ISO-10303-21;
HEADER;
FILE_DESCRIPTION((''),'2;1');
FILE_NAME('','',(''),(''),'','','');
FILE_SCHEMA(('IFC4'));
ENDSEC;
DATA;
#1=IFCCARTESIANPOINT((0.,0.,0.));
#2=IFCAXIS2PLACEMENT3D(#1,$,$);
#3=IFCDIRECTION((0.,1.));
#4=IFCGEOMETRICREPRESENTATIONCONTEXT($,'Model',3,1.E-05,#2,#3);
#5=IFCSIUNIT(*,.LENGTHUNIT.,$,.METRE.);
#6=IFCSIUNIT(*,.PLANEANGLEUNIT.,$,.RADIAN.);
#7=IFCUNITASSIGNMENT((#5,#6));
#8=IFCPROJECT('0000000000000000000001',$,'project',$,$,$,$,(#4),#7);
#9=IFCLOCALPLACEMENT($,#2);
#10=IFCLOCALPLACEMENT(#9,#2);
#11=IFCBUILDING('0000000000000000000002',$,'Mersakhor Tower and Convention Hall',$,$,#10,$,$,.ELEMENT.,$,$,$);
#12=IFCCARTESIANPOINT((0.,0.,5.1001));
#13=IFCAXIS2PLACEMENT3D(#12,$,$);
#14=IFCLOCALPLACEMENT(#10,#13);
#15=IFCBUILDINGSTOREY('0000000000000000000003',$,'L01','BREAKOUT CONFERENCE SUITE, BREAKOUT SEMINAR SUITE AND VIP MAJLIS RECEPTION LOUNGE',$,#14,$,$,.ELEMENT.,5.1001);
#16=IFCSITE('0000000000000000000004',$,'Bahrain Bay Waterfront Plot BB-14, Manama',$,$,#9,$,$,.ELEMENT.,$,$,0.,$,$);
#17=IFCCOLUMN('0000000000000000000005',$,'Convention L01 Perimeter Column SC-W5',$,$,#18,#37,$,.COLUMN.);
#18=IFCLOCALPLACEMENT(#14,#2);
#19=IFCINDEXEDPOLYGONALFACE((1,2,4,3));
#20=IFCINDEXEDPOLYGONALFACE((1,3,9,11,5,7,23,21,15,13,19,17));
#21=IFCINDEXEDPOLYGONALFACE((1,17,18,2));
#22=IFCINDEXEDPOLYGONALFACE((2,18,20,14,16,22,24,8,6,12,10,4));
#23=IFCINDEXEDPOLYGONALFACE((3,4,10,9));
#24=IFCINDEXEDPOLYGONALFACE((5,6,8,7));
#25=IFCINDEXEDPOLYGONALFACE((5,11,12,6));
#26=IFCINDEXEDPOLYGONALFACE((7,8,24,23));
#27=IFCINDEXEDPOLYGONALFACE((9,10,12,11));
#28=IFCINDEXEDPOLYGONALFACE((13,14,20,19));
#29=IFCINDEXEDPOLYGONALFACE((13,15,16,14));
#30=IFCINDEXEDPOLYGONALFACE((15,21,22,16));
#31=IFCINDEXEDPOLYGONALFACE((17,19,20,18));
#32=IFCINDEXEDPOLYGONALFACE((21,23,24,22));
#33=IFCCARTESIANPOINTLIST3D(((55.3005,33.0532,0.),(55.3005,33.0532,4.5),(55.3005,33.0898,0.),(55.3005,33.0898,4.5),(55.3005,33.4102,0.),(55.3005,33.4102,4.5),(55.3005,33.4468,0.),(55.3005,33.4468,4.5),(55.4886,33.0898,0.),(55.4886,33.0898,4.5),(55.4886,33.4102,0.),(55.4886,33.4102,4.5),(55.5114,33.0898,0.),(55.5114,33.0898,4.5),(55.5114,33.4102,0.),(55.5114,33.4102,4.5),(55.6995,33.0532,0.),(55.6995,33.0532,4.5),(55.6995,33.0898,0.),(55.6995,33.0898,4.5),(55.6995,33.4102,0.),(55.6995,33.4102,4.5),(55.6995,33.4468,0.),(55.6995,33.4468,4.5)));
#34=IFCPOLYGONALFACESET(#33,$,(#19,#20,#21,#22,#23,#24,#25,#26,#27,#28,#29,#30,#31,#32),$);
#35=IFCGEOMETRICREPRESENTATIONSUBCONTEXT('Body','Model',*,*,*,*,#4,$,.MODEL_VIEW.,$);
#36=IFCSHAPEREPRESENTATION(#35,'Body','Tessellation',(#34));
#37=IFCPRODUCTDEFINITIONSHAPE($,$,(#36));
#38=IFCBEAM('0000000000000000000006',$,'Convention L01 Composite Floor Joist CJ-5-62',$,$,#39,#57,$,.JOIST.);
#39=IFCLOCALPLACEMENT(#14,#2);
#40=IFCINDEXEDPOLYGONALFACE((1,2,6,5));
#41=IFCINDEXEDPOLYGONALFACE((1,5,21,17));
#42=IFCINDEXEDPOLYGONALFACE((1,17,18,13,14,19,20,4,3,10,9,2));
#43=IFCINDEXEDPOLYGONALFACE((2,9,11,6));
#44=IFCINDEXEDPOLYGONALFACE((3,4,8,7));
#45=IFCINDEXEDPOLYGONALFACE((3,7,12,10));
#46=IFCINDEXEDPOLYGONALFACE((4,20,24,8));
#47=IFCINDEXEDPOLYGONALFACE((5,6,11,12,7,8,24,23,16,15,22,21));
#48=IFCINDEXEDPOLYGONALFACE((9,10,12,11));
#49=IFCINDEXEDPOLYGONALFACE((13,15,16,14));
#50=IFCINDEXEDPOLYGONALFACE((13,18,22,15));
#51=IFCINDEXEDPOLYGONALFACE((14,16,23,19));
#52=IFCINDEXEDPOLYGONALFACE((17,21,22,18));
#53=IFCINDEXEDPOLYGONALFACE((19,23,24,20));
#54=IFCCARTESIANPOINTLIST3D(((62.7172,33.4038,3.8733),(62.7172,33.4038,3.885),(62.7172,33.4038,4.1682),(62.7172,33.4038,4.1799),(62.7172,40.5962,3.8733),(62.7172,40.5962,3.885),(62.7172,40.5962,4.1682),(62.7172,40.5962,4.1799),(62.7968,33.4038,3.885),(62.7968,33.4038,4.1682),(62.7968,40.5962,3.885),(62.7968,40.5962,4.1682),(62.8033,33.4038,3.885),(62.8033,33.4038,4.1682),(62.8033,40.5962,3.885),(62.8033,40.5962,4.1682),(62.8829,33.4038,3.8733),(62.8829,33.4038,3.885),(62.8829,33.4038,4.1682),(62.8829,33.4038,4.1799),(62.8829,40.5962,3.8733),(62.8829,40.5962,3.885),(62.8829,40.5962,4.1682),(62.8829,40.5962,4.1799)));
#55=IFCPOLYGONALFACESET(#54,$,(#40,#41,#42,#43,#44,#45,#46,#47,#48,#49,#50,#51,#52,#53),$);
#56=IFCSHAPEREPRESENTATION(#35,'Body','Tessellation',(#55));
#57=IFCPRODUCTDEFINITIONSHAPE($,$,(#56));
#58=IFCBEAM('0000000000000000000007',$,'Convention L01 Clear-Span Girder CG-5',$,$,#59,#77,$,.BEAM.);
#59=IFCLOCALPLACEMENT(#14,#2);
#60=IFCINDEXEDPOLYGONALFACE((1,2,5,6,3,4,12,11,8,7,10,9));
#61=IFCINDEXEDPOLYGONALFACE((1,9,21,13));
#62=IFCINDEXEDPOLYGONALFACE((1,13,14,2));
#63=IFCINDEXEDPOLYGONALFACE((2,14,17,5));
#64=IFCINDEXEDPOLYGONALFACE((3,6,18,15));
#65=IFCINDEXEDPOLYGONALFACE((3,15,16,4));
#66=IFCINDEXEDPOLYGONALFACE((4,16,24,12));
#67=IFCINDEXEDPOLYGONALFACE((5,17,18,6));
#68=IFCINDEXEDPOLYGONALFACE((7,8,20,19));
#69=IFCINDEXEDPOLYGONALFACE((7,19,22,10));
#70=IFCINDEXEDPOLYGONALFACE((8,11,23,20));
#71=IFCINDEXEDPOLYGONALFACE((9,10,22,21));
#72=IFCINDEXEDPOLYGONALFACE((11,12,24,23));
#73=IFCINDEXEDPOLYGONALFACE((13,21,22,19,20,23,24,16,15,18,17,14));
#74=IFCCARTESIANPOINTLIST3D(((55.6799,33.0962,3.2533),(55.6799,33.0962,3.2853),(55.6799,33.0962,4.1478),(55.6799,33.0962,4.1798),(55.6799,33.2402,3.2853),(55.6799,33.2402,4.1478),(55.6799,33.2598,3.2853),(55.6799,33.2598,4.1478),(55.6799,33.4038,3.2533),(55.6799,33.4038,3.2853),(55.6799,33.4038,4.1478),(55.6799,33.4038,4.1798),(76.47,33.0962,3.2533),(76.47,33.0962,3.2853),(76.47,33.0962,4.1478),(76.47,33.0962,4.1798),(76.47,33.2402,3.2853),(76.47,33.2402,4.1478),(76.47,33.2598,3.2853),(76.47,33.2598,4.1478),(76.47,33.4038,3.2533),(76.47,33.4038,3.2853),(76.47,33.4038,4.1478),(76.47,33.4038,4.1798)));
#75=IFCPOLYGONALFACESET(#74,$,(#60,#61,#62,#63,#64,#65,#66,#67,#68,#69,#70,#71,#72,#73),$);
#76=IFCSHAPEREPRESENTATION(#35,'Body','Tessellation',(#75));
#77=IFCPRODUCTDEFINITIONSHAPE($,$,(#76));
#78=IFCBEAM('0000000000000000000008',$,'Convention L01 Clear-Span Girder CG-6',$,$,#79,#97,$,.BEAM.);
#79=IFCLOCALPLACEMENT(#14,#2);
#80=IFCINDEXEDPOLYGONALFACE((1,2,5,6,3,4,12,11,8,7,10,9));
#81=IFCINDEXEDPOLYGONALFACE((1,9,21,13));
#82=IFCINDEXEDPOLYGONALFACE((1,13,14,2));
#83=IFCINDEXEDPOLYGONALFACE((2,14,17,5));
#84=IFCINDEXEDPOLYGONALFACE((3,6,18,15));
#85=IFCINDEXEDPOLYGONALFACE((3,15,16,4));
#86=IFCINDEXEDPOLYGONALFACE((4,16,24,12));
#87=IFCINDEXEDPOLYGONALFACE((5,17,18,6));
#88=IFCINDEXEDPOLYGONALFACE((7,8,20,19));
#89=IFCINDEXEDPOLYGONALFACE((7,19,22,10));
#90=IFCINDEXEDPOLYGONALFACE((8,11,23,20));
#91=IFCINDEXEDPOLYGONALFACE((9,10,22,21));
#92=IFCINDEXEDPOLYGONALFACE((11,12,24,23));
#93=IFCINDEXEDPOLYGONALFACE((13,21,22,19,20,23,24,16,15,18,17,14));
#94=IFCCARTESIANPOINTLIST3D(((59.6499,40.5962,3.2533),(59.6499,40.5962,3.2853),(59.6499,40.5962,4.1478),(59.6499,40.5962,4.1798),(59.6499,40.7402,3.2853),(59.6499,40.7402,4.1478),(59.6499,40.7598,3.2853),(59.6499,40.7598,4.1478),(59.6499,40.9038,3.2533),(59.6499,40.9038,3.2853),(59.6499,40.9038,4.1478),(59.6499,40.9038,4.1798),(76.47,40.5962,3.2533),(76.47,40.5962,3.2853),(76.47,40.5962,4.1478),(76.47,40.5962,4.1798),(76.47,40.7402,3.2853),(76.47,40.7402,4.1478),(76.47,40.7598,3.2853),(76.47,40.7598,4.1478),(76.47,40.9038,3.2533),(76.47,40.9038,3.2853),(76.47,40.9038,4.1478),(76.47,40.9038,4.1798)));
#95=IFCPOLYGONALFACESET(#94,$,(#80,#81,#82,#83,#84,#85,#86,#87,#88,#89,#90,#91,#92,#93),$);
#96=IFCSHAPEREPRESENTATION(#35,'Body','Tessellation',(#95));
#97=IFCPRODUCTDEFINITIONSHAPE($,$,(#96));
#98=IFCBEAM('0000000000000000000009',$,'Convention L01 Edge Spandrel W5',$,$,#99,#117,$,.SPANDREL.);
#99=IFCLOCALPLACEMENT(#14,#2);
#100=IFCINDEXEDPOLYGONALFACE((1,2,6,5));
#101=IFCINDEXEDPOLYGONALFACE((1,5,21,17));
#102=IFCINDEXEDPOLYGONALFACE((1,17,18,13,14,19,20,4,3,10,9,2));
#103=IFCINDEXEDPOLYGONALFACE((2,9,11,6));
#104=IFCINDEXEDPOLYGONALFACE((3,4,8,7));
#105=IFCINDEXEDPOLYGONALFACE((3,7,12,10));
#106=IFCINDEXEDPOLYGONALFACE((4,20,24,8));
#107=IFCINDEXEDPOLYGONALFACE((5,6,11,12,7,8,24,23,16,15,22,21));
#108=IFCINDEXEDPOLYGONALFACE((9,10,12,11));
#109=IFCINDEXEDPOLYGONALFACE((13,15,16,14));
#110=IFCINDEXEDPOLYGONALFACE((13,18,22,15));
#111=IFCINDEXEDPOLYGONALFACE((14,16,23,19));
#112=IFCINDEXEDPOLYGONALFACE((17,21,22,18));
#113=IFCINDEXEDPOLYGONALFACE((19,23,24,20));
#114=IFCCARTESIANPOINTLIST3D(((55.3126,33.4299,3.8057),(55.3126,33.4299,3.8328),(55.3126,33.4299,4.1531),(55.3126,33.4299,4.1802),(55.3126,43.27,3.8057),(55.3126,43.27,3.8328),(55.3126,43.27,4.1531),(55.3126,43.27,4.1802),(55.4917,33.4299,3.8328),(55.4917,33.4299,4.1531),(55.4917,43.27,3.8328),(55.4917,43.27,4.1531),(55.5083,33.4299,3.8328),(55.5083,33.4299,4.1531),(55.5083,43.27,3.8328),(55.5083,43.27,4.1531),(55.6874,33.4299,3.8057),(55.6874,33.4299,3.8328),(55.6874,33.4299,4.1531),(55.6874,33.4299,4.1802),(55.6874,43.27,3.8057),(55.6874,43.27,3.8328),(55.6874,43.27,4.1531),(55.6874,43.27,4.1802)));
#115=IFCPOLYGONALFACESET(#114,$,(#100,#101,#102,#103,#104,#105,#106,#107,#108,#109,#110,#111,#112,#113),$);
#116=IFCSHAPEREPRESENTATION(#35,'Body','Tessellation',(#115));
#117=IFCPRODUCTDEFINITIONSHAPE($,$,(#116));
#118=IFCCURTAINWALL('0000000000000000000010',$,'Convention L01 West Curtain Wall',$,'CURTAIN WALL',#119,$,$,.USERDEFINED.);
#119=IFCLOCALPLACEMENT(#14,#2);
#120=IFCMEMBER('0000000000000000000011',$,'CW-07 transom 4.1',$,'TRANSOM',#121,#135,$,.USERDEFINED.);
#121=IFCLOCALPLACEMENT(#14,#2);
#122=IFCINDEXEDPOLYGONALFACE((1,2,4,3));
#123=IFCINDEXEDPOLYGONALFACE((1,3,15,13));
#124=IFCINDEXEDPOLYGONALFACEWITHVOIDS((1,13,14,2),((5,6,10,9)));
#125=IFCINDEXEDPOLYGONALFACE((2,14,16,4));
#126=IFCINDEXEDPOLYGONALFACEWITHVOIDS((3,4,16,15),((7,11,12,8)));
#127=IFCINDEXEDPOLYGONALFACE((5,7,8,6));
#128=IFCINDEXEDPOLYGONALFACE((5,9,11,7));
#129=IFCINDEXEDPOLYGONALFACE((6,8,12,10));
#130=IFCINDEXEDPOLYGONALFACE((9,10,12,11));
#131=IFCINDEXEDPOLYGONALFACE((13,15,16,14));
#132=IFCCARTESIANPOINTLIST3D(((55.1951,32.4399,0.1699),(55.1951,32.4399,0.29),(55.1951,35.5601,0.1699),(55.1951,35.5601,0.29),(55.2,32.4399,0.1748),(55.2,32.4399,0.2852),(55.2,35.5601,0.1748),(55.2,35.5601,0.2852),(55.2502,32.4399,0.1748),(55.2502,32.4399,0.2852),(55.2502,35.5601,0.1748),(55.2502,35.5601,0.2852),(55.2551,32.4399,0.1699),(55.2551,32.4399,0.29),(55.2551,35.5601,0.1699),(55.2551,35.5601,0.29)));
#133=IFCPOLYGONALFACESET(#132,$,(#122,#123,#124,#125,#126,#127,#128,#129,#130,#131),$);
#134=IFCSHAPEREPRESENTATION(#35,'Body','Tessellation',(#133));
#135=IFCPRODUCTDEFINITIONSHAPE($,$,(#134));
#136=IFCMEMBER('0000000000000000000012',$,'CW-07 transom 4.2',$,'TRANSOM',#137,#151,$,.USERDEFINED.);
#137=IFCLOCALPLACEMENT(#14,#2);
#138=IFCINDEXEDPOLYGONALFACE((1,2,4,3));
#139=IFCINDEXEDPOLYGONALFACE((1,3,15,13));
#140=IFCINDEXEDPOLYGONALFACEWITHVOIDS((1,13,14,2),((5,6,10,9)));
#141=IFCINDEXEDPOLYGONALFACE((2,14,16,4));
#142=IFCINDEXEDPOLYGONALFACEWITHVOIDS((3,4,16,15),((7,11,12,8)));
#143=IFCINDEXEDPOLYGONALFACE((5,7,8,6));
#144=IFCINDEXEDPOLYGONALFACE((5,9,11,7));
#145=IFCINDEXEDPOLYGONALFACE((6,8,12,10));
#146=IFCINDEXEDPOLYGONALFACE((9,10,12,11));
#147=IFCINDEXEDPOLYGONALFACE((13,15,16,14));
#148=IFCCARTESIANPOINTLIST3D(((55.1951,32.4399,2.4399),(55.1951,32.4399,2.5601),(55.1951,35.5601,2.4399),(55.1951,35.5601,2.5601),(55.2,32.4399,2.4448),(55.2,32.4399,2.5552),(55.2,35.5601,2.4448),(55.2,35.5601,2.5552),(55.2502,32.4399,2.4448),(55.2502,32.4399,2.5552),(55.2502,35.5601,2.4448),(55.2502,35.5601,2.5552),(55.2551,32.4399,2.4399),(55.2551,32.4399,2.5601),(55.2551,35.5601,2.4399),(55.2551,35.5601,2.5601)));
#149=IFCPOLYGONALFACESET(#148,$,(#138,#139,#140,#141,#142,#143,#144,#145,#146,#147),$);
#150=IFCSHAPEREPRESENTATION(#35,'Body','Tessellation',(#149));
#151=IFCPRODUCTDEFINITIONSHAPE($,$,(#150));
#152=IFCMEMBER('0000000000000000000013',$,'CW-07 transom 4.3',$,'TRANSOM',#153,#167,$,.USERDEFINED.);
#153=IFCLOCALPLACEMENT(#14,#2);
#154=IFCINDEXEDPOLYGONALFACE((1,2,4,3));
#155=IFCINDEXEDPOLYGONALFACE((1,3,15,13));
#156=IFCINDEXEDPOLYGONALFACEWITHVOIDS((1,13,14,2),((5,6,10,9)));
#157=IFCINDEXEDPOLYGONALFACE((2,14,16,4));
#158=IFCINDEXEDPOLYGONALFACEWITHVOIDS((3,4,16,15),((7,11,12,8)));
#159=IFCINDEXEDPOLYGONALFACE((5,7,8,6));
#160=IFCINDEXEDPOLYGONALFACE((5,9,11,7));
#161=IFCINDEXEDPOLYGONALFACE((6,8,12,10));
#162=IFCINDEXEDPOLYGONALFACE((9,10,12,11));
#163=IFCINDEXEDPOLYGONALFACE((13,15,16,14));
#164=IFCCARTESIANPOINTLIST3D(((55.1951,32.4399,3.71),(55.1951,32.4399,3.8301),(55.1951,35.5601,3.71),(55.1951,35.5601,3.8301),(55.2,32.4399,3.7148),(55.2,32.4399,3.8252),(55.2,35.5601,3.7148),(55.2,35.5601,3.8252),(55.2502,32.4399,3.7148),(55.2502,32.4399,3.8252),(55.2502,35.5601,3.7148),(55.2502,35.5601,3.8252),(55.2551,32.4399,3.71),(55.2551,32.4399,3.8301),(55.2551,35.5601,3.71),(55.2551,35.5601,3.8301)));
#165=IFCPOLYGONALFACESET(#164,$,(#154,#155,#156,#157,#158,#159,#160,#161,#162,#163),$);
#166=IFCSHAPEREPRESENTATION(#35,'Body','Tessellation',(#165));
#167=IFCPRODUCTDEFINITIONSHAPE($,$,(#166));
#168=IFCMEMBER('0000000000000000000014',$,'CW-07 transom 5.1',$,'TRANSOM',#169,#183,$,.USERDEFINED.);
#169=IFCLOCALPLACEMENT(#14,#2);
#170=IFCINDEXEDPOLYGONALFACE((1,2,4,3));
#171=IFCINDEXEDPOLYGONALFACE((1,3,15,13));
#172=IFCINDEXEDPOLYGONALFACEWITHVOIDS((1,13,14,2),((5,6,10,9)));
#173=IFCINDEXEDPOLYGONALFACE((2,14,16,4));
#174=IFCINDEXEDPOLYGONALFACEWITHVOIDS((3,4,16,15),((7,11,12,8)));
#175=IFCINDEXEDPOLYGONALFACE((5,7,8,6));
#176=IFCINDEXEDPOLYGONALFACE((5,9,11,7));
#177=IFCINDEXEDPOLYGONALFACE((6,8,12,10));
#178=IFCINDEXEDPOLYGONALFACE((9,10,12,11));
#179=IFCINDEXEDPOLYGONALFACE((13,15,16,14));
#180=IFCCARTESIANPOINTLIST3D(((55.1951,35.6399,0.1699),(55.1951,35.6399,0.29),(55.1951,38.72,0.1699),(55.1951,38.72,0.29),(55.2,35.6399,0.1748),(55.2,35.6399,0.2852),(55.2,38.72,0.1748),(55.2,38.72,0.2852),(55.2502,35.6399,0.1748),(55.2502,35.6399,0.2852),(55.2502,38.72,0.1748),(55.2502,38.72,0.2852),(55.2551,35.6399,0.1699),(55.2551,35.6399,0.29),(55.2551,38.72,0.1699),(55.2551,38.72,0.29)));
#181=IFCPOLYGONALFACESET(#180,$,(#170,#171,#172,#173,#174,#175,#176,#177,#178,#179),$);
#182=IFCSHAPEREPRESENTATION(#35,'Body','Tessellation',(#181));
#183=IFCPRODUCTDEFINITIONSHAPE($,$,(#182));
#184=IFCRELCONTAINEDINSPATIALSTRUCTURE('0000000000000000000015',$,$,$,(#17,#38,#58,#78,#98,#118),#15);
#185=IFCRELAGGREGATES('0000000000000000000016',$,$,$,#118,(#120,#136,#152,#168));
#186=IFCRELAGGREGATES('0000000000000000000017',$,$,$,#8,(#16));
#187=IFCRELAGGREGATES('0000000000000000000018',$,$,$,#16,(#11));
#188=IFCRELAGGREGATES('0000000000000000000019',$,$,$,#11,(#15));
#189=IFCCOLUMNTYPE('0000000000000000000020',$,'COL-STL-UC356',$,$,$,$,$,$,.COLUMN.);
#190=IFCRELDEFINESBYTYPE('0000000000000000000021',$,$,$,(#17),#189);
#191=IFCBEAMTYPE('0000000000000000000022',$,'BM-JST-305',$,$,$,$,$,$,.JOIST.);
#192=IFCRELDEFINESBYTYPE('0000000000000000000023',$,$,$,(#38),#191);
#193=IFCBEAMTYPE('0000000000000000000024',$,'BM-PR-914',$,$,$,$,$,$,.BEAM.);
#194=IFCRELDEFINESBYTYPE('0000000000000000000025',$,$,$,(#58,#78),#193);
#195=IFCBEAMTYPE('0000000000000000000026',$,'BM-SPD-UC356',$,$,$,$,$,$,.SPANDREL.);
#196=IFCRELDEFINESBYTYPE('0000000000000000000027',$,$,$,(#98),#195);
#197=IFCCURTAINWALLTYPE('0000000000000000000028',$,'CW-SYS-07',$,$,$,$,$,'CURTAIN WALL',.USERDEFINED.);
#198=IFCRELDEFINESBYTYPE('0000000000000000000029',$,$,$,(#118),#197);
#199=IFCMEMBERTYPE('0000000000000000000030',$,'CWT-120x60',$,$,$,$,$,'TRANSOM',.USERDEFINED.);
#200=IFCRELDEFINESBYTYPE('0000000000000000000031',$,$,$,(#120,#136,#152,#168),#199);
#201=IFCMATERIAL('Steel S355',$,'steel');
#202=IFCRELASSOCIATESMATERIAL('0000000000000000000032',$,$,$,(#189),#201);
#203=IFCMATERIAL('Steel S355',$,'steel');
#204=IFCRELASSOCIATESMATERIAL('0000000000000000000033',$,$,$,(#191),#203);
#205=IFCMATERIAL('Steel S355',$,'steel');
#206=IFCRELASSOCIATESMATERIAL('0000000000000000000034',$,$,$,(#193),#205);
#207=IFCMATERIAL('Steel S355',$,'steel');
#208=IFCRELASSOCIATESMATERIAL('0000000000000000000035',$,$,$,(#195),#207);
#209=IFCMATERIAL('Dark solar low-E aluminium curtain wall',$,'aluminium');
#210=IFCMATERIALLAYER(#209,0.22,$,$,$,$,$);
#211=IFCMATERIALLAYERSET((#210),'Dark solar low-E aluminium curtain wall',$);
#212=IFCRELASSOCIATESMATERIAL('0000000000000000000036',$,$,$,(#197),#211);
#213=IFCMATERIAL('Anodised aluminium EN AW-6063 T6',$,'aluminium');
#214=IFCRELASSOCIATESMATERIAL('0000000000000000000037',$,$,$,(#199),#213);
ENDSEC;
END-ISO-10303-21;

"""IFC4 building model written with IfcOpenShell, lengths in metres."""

from ifc_helpers import new_model, si_unit, direction, frame, origin, origin_2d, place, context, subcontext, project, spatial, hollow_rectangle, i_section, extrude, material, layer, layer_set, material_profile, profile_set, type_object, element, aggregate, save


model = new_model("IFC4")

# Units and contexts
model_context = context("Model", 3, precision=1e-05, world=origin(), true_north=direction((0.0, 1.0)))
body_context = subcontext(model_context, "Body", "Model", "MODEL_VIEW")
ifc_project = project(units=[si_unit("LENGTHUNIT", "METRE"), si_unit("PLANEANGLEUNIT", "RADIAN")], contexts=[model_context])

# Site, building, storey
site_placement = place(None, origin())
site = spatial("IfcSite", under=ifc_project, at=site_placement, Name="Bahrain Bay Waterfront Plot BB-14, Manama", CompositionType="ELEMENT", RefElevation=0.0)
building_placement = place(site_placement, origin())
building = spatial("IfcBuilding", under=site, at=building_placement, Name="Mersakhor Tower and Convention Hall", CompositionType="ELEMENT")
storey_placement = place(building_placement, frame((0.0, 0.0, 5.1001)))
storey = spatial("IfcBuildingStorey", under=building, at=storey_placement, Name="L01", Description="BREAKOUT CONFERENCE SUITE, BREAKOUT SEMINAR SUITE AND VIP MAJLIS RECEPTION LOUNGE", CompositionType="ELEMENT", Elevation=5.1001)

# Column
ifc_material_1 = material(Name="Steel S355", Category="steel")
ifc_material_profile_1 = material_profile(ifc_material_1, i_section(OverallWidth=0.3989, OverallDepth=0.3936, WebThickness=0.0227, FlangeThickness=0.0366, at=origin_2d()), Name="UC 356x406x287")
ifc_profile_set_1 = profile_set([ifc_material_profile_1], Name="Steel S355")
column_type = type_object("IfcColumnType", Name="COL-STL-UC356", PredefinedType="COLUMN", material=ifc_profile_set_1)
column_placement = place(storey_placement, frame((55.5, 33.25, 0.0), z_axis=(0.0, 0.0, 1.0), x_axis=(1.0, 0.0, 0.0)))
element("IfcColumn", 1, at=column_placement, inside=storey, type_object=column_type, Name="Convention L01 Perimeter Column SC-W5", PredefinedType="COLUMN", context=body_context, shape_type="SweptSolid", body=[
    extrude(i_section(OverallWidth=0.3989, OverallDepth=0.3936, WebThickness=0.0227, FlangeThickness=0.0366, at=origin_2d()), origin(), (0.0, 0.0, 1.0), 4.5),
])

# Beams
ifc_material_2 = material(Name="Steel S355", Category="steel")
ifc_material_profile_2 = material_profile(ifc_material_2, i_section(OverallWidth=0.1658, OverallDepth=0.3066, WebThickness=0.0066, FlangeThickness=0.0117, at=origin_2d()), Name="UB 305x165x46")
ifc_profile_set_2 = profile_set([ifc_material_profile_2], Name="Steel S355")
beam_type_1 = type_object("IfcBeamType", Name="BM-JST-305", PredefinedType="JOIST", material=ifc_profile_set_2)
beam_1_placement = place(storey_placement, frame((62.8, 33.4038, 4.0266), z_axis=(0.0, 1.0, 0.0), x_axis=(-1.0, 0.0, 0.0)))
element("IfcBeam", 2, at=beam_1_placement, inside=storey, type_object=beam_type_1, Name="Convention L01 Composite Floor Joist CJ-5-62", PredefinedType="JOIST", context=body_context, shape_type="SweptSolid", body=[
    extrude(i_section(OverallWidth=0.1658, OverallDepth=0.3066, WebThickness=0.0066, FlangeThickness=0.0117, at=origin_2d()), origin(), (0.0, 0.0, 1.0), 7.1924),
])
ifc_material_3 = material(Name="Steel S355", Category="steel")
ifc_material_profile_3 = material_profile(ifc_material_3, i_section(OverallWidth=0.3076, OverallDepth=0.9265, WebThickness=0.0195, FlangeThickness=0.032, at=origin_2d()), Name="UB 914x305x289")
ifc_profile_set_3 = profile_set([ifc_material_profile_3], Name="Steel S355")
beam_type_2 = type_object("IfcBeamType", Name="BM-PR-914", PredefinedType="BEAM", material=ifc_profile_set_3)
beam_2_placement = place(storey_placement, frame((55.6799, 33.25, 3.7166), z_axis=(1.0, 0.0, 0.0), x_axis=(0.0, 1.0, 0.0)))
element("IfcBeam", 3, at=beam_2_placement, inside=storey, type_object=beam_type_2, Name="Convention L01 Clear-Span Girder CG-5", PredefinedType="BEAM", context=body_context, shape_type="SweptSolid", body=[
    extrude(i_section(OverallWidth=0.3076, OverallDepth=0.9265, WebThickness=0.0195, FlangeThickness=0.032, at=origin_2d()), origin(), (0.0, 0.0, 1.0), 20.79),
])
beam_3_placement = place(storey_placement, frame((59.6499, 40.75, 3.7166), z_axis=(1.0, 0.0, 0.0), x_axis=(0.0, 1.0, 0.0)))
element("IfcBeam", 4, at=beam_3_placement, inside=storey, type_object=beam_type_2, Name="Convention L01 Clear-Span Girder CG-6", PredefinedType="BEAM", context=body_context, shape_type="SweptSolid", body=[
    extrude(i_section(OverallWidth=0.3076, OverallDepth=0.9265, WebThickness=0.0195, FlangeThickness=0.032, at=origin_2d()), origin(), (0.0, 0.0, 1.0), 16.8201),
])
ifc_material_4 = material(Name="Steel S355", Category="steel")
ifc_material_profile_4 = material_profile(ifc_material_4, i_section(OverallWidth=0.3748, OverallDepth=0.3745, WebThickness=0.0166, FlangeThickness=0.0271, at=origin_2d()), Name="UC 356x368x202")
ifc_profile_set_4 = profile_set([ifc_material_profile_4], Name="Steel S355")
beam_type_3 = type_object("IfcBeamType", Name="BM-SPD-UC356", PredefinedType="SPANDREL", material=ifc_profile_set_4)
beam_4_placement = place(storey_placement, frame((55.5, 33.4299, 3.9929), z_axis=(0.0, 1.0, 0.0), x_axis=(-1.0, 0.0, 0.0)))
element("IfcBeam", 5, at=beam_4_placement, inside=storey, type_object=beam_type_3, Name="Convention L01 Edge Spandrel W5", PredefinedType="SPANDREL", context=body_context, shape_type="SweptSolid", body=[
    extrude(i_section(OverallWidth=0.3748, OverallDepth=0.3745, WebThickness=0.0166, FlangeThickness=0.0271, at=origin_2d()), origin(), (0.0, 0.0, 1.0), 9.8401),
])

# Curtain wall, members
ifc_material_5 = material(Name="Dark solar low-E aluminium curtain wall", Category="aluminium")
ifc_layer_1 = layer(ifc_material_5, 0.22)
ifc_layer_set_1 = layer_set([ifc_layer_1], Name="Dark solar low-E aluminium curtain wall")
curtain_wall_type = type_object("IfcCurtainWallType", Name="CW-SYS-07", ElementType="CURTAIN WALL", PredefinedType="USERDEFINED", material=ifc_layer_set_1)
curtain_wall_placement = place(storey_placement, origin())
curtain_wall = element("IfcCurtainWall", 6, at=curtain_wall_placement, inside=storey, type_object=curtain_wall_type, Name="Convention L01 West Curtain Wall", ObjectType="CURTAIN WALL", PredefinedType="USERDEFINED")
ifc_material_6 = material(Name="Anodised aluminium EN AW-6063 T6", Category="aluminium")
ifc_material_profile_5 = material_profile(ifc_material_6, hollow_rectangle(XDim=0.0601, YDim=0.1201, WallThickness=0.0049, at=origin_2d()), Name="RHS 120x60x5")
ifc_profile_set_5 = profile_set([ifc_material_profile_5], Name="Anodised aluminium EN AW-6063 T6")
member_type = type_object("IfcMemberType", Name="CWT-120x60", ElementType="TRANSOM", PredefinedType="USERDEFINED", material=ifc_profile_set_5)
member_1_placement = place(storey_placement, frame((55.2251, 32.4399, 0.23), z_axis=(0.0, 1.0, 0.0), x_axis=(-1.0, 0.0, 0.0)))
member_1 = element("IfcMember", 7, at=member_1_placement, type_object=member_type, Name="CW-07 transom 4.1", ObjectType="TRANSOM", PredefinedType="USERDEFINED", context=body_context, shape_type="SweptSolid", body=[
    extrude(hollow_rectangle(XDim=0.0601, YDim=0.1201, WallThickness=0.0049, at=origin_2d()), origin(), (0.0, 0.0, 1.0), 3.1201),
])
member_2_placement = place(storey_placement, frame((55.2251, 32.4399, 2.5), z_axis=(0.0, 1.0, 0.0), x_axis=(-1.0, 0.0, 0.0)))
member_2 = element("IfcMember", 8, at=member_2_placement, type_object=member_type, Name="CW-07 transom 4.2", ObjectType="TRANSOM", PredefinedType="USERDEFINED", context=body_context, shape_type="SweptSolid", body=[
    extrude(hollow_rectangle(XDim=0.0601, YDim=0.1201, WallThickness=0.0049, at=origin_2d()), origin(), (0.0, 0.0, 1.0), 3.1201),
])
member_3_placement = place(storey_placement, frame((55.2251, 32.4399, 3.77), z_axis=(0.0, 1.0, 0.0), x_axis=(-1.0, 0.0, 0.0)))
member_3 = element("IfcMember", 9, at=member_3_placement, type_object=member_type, Name="CW-07 transom 4.3", ObjectType="TRANSOM", PredefinedType="USERDEFINED", context=body_context, shape_type="SweptSolid", body=[
    extrude(hollow_rectangle(XDim=0.0601, YDim=0.1201, WallThickness=0.0049, at=origin_2d()), origin(), (0.0, 0.0, 1.0), 3.1201),
])
member_4_placement = place(storey_placement, frame((55.2251, 35.6399, 0.23), z_axis=(0.0, 1.0, 0.0), x_axis=(-1.0, 0.0, 0.0)))
member_4 = element("IfcMember", 10, at=member_4_placement, type_object=member_type, Name="CW-07 transom 5.1", ObjectType="TRANSOM", PredefinedType="USERDEFINED", context=body_context, shape_type="SweptSolid", body=[
    extrude(hollow_rectangle(XDim=0.0601, YDim=0.1201, WallThickness=0.0049, at=origin_2d()), origin(), (0.0, 0.0, 1.0), 3.0801),
])
aggregate(curtain_wall, [member_1, member_2, member_3, member_4])

save(model, "model.ifc")
